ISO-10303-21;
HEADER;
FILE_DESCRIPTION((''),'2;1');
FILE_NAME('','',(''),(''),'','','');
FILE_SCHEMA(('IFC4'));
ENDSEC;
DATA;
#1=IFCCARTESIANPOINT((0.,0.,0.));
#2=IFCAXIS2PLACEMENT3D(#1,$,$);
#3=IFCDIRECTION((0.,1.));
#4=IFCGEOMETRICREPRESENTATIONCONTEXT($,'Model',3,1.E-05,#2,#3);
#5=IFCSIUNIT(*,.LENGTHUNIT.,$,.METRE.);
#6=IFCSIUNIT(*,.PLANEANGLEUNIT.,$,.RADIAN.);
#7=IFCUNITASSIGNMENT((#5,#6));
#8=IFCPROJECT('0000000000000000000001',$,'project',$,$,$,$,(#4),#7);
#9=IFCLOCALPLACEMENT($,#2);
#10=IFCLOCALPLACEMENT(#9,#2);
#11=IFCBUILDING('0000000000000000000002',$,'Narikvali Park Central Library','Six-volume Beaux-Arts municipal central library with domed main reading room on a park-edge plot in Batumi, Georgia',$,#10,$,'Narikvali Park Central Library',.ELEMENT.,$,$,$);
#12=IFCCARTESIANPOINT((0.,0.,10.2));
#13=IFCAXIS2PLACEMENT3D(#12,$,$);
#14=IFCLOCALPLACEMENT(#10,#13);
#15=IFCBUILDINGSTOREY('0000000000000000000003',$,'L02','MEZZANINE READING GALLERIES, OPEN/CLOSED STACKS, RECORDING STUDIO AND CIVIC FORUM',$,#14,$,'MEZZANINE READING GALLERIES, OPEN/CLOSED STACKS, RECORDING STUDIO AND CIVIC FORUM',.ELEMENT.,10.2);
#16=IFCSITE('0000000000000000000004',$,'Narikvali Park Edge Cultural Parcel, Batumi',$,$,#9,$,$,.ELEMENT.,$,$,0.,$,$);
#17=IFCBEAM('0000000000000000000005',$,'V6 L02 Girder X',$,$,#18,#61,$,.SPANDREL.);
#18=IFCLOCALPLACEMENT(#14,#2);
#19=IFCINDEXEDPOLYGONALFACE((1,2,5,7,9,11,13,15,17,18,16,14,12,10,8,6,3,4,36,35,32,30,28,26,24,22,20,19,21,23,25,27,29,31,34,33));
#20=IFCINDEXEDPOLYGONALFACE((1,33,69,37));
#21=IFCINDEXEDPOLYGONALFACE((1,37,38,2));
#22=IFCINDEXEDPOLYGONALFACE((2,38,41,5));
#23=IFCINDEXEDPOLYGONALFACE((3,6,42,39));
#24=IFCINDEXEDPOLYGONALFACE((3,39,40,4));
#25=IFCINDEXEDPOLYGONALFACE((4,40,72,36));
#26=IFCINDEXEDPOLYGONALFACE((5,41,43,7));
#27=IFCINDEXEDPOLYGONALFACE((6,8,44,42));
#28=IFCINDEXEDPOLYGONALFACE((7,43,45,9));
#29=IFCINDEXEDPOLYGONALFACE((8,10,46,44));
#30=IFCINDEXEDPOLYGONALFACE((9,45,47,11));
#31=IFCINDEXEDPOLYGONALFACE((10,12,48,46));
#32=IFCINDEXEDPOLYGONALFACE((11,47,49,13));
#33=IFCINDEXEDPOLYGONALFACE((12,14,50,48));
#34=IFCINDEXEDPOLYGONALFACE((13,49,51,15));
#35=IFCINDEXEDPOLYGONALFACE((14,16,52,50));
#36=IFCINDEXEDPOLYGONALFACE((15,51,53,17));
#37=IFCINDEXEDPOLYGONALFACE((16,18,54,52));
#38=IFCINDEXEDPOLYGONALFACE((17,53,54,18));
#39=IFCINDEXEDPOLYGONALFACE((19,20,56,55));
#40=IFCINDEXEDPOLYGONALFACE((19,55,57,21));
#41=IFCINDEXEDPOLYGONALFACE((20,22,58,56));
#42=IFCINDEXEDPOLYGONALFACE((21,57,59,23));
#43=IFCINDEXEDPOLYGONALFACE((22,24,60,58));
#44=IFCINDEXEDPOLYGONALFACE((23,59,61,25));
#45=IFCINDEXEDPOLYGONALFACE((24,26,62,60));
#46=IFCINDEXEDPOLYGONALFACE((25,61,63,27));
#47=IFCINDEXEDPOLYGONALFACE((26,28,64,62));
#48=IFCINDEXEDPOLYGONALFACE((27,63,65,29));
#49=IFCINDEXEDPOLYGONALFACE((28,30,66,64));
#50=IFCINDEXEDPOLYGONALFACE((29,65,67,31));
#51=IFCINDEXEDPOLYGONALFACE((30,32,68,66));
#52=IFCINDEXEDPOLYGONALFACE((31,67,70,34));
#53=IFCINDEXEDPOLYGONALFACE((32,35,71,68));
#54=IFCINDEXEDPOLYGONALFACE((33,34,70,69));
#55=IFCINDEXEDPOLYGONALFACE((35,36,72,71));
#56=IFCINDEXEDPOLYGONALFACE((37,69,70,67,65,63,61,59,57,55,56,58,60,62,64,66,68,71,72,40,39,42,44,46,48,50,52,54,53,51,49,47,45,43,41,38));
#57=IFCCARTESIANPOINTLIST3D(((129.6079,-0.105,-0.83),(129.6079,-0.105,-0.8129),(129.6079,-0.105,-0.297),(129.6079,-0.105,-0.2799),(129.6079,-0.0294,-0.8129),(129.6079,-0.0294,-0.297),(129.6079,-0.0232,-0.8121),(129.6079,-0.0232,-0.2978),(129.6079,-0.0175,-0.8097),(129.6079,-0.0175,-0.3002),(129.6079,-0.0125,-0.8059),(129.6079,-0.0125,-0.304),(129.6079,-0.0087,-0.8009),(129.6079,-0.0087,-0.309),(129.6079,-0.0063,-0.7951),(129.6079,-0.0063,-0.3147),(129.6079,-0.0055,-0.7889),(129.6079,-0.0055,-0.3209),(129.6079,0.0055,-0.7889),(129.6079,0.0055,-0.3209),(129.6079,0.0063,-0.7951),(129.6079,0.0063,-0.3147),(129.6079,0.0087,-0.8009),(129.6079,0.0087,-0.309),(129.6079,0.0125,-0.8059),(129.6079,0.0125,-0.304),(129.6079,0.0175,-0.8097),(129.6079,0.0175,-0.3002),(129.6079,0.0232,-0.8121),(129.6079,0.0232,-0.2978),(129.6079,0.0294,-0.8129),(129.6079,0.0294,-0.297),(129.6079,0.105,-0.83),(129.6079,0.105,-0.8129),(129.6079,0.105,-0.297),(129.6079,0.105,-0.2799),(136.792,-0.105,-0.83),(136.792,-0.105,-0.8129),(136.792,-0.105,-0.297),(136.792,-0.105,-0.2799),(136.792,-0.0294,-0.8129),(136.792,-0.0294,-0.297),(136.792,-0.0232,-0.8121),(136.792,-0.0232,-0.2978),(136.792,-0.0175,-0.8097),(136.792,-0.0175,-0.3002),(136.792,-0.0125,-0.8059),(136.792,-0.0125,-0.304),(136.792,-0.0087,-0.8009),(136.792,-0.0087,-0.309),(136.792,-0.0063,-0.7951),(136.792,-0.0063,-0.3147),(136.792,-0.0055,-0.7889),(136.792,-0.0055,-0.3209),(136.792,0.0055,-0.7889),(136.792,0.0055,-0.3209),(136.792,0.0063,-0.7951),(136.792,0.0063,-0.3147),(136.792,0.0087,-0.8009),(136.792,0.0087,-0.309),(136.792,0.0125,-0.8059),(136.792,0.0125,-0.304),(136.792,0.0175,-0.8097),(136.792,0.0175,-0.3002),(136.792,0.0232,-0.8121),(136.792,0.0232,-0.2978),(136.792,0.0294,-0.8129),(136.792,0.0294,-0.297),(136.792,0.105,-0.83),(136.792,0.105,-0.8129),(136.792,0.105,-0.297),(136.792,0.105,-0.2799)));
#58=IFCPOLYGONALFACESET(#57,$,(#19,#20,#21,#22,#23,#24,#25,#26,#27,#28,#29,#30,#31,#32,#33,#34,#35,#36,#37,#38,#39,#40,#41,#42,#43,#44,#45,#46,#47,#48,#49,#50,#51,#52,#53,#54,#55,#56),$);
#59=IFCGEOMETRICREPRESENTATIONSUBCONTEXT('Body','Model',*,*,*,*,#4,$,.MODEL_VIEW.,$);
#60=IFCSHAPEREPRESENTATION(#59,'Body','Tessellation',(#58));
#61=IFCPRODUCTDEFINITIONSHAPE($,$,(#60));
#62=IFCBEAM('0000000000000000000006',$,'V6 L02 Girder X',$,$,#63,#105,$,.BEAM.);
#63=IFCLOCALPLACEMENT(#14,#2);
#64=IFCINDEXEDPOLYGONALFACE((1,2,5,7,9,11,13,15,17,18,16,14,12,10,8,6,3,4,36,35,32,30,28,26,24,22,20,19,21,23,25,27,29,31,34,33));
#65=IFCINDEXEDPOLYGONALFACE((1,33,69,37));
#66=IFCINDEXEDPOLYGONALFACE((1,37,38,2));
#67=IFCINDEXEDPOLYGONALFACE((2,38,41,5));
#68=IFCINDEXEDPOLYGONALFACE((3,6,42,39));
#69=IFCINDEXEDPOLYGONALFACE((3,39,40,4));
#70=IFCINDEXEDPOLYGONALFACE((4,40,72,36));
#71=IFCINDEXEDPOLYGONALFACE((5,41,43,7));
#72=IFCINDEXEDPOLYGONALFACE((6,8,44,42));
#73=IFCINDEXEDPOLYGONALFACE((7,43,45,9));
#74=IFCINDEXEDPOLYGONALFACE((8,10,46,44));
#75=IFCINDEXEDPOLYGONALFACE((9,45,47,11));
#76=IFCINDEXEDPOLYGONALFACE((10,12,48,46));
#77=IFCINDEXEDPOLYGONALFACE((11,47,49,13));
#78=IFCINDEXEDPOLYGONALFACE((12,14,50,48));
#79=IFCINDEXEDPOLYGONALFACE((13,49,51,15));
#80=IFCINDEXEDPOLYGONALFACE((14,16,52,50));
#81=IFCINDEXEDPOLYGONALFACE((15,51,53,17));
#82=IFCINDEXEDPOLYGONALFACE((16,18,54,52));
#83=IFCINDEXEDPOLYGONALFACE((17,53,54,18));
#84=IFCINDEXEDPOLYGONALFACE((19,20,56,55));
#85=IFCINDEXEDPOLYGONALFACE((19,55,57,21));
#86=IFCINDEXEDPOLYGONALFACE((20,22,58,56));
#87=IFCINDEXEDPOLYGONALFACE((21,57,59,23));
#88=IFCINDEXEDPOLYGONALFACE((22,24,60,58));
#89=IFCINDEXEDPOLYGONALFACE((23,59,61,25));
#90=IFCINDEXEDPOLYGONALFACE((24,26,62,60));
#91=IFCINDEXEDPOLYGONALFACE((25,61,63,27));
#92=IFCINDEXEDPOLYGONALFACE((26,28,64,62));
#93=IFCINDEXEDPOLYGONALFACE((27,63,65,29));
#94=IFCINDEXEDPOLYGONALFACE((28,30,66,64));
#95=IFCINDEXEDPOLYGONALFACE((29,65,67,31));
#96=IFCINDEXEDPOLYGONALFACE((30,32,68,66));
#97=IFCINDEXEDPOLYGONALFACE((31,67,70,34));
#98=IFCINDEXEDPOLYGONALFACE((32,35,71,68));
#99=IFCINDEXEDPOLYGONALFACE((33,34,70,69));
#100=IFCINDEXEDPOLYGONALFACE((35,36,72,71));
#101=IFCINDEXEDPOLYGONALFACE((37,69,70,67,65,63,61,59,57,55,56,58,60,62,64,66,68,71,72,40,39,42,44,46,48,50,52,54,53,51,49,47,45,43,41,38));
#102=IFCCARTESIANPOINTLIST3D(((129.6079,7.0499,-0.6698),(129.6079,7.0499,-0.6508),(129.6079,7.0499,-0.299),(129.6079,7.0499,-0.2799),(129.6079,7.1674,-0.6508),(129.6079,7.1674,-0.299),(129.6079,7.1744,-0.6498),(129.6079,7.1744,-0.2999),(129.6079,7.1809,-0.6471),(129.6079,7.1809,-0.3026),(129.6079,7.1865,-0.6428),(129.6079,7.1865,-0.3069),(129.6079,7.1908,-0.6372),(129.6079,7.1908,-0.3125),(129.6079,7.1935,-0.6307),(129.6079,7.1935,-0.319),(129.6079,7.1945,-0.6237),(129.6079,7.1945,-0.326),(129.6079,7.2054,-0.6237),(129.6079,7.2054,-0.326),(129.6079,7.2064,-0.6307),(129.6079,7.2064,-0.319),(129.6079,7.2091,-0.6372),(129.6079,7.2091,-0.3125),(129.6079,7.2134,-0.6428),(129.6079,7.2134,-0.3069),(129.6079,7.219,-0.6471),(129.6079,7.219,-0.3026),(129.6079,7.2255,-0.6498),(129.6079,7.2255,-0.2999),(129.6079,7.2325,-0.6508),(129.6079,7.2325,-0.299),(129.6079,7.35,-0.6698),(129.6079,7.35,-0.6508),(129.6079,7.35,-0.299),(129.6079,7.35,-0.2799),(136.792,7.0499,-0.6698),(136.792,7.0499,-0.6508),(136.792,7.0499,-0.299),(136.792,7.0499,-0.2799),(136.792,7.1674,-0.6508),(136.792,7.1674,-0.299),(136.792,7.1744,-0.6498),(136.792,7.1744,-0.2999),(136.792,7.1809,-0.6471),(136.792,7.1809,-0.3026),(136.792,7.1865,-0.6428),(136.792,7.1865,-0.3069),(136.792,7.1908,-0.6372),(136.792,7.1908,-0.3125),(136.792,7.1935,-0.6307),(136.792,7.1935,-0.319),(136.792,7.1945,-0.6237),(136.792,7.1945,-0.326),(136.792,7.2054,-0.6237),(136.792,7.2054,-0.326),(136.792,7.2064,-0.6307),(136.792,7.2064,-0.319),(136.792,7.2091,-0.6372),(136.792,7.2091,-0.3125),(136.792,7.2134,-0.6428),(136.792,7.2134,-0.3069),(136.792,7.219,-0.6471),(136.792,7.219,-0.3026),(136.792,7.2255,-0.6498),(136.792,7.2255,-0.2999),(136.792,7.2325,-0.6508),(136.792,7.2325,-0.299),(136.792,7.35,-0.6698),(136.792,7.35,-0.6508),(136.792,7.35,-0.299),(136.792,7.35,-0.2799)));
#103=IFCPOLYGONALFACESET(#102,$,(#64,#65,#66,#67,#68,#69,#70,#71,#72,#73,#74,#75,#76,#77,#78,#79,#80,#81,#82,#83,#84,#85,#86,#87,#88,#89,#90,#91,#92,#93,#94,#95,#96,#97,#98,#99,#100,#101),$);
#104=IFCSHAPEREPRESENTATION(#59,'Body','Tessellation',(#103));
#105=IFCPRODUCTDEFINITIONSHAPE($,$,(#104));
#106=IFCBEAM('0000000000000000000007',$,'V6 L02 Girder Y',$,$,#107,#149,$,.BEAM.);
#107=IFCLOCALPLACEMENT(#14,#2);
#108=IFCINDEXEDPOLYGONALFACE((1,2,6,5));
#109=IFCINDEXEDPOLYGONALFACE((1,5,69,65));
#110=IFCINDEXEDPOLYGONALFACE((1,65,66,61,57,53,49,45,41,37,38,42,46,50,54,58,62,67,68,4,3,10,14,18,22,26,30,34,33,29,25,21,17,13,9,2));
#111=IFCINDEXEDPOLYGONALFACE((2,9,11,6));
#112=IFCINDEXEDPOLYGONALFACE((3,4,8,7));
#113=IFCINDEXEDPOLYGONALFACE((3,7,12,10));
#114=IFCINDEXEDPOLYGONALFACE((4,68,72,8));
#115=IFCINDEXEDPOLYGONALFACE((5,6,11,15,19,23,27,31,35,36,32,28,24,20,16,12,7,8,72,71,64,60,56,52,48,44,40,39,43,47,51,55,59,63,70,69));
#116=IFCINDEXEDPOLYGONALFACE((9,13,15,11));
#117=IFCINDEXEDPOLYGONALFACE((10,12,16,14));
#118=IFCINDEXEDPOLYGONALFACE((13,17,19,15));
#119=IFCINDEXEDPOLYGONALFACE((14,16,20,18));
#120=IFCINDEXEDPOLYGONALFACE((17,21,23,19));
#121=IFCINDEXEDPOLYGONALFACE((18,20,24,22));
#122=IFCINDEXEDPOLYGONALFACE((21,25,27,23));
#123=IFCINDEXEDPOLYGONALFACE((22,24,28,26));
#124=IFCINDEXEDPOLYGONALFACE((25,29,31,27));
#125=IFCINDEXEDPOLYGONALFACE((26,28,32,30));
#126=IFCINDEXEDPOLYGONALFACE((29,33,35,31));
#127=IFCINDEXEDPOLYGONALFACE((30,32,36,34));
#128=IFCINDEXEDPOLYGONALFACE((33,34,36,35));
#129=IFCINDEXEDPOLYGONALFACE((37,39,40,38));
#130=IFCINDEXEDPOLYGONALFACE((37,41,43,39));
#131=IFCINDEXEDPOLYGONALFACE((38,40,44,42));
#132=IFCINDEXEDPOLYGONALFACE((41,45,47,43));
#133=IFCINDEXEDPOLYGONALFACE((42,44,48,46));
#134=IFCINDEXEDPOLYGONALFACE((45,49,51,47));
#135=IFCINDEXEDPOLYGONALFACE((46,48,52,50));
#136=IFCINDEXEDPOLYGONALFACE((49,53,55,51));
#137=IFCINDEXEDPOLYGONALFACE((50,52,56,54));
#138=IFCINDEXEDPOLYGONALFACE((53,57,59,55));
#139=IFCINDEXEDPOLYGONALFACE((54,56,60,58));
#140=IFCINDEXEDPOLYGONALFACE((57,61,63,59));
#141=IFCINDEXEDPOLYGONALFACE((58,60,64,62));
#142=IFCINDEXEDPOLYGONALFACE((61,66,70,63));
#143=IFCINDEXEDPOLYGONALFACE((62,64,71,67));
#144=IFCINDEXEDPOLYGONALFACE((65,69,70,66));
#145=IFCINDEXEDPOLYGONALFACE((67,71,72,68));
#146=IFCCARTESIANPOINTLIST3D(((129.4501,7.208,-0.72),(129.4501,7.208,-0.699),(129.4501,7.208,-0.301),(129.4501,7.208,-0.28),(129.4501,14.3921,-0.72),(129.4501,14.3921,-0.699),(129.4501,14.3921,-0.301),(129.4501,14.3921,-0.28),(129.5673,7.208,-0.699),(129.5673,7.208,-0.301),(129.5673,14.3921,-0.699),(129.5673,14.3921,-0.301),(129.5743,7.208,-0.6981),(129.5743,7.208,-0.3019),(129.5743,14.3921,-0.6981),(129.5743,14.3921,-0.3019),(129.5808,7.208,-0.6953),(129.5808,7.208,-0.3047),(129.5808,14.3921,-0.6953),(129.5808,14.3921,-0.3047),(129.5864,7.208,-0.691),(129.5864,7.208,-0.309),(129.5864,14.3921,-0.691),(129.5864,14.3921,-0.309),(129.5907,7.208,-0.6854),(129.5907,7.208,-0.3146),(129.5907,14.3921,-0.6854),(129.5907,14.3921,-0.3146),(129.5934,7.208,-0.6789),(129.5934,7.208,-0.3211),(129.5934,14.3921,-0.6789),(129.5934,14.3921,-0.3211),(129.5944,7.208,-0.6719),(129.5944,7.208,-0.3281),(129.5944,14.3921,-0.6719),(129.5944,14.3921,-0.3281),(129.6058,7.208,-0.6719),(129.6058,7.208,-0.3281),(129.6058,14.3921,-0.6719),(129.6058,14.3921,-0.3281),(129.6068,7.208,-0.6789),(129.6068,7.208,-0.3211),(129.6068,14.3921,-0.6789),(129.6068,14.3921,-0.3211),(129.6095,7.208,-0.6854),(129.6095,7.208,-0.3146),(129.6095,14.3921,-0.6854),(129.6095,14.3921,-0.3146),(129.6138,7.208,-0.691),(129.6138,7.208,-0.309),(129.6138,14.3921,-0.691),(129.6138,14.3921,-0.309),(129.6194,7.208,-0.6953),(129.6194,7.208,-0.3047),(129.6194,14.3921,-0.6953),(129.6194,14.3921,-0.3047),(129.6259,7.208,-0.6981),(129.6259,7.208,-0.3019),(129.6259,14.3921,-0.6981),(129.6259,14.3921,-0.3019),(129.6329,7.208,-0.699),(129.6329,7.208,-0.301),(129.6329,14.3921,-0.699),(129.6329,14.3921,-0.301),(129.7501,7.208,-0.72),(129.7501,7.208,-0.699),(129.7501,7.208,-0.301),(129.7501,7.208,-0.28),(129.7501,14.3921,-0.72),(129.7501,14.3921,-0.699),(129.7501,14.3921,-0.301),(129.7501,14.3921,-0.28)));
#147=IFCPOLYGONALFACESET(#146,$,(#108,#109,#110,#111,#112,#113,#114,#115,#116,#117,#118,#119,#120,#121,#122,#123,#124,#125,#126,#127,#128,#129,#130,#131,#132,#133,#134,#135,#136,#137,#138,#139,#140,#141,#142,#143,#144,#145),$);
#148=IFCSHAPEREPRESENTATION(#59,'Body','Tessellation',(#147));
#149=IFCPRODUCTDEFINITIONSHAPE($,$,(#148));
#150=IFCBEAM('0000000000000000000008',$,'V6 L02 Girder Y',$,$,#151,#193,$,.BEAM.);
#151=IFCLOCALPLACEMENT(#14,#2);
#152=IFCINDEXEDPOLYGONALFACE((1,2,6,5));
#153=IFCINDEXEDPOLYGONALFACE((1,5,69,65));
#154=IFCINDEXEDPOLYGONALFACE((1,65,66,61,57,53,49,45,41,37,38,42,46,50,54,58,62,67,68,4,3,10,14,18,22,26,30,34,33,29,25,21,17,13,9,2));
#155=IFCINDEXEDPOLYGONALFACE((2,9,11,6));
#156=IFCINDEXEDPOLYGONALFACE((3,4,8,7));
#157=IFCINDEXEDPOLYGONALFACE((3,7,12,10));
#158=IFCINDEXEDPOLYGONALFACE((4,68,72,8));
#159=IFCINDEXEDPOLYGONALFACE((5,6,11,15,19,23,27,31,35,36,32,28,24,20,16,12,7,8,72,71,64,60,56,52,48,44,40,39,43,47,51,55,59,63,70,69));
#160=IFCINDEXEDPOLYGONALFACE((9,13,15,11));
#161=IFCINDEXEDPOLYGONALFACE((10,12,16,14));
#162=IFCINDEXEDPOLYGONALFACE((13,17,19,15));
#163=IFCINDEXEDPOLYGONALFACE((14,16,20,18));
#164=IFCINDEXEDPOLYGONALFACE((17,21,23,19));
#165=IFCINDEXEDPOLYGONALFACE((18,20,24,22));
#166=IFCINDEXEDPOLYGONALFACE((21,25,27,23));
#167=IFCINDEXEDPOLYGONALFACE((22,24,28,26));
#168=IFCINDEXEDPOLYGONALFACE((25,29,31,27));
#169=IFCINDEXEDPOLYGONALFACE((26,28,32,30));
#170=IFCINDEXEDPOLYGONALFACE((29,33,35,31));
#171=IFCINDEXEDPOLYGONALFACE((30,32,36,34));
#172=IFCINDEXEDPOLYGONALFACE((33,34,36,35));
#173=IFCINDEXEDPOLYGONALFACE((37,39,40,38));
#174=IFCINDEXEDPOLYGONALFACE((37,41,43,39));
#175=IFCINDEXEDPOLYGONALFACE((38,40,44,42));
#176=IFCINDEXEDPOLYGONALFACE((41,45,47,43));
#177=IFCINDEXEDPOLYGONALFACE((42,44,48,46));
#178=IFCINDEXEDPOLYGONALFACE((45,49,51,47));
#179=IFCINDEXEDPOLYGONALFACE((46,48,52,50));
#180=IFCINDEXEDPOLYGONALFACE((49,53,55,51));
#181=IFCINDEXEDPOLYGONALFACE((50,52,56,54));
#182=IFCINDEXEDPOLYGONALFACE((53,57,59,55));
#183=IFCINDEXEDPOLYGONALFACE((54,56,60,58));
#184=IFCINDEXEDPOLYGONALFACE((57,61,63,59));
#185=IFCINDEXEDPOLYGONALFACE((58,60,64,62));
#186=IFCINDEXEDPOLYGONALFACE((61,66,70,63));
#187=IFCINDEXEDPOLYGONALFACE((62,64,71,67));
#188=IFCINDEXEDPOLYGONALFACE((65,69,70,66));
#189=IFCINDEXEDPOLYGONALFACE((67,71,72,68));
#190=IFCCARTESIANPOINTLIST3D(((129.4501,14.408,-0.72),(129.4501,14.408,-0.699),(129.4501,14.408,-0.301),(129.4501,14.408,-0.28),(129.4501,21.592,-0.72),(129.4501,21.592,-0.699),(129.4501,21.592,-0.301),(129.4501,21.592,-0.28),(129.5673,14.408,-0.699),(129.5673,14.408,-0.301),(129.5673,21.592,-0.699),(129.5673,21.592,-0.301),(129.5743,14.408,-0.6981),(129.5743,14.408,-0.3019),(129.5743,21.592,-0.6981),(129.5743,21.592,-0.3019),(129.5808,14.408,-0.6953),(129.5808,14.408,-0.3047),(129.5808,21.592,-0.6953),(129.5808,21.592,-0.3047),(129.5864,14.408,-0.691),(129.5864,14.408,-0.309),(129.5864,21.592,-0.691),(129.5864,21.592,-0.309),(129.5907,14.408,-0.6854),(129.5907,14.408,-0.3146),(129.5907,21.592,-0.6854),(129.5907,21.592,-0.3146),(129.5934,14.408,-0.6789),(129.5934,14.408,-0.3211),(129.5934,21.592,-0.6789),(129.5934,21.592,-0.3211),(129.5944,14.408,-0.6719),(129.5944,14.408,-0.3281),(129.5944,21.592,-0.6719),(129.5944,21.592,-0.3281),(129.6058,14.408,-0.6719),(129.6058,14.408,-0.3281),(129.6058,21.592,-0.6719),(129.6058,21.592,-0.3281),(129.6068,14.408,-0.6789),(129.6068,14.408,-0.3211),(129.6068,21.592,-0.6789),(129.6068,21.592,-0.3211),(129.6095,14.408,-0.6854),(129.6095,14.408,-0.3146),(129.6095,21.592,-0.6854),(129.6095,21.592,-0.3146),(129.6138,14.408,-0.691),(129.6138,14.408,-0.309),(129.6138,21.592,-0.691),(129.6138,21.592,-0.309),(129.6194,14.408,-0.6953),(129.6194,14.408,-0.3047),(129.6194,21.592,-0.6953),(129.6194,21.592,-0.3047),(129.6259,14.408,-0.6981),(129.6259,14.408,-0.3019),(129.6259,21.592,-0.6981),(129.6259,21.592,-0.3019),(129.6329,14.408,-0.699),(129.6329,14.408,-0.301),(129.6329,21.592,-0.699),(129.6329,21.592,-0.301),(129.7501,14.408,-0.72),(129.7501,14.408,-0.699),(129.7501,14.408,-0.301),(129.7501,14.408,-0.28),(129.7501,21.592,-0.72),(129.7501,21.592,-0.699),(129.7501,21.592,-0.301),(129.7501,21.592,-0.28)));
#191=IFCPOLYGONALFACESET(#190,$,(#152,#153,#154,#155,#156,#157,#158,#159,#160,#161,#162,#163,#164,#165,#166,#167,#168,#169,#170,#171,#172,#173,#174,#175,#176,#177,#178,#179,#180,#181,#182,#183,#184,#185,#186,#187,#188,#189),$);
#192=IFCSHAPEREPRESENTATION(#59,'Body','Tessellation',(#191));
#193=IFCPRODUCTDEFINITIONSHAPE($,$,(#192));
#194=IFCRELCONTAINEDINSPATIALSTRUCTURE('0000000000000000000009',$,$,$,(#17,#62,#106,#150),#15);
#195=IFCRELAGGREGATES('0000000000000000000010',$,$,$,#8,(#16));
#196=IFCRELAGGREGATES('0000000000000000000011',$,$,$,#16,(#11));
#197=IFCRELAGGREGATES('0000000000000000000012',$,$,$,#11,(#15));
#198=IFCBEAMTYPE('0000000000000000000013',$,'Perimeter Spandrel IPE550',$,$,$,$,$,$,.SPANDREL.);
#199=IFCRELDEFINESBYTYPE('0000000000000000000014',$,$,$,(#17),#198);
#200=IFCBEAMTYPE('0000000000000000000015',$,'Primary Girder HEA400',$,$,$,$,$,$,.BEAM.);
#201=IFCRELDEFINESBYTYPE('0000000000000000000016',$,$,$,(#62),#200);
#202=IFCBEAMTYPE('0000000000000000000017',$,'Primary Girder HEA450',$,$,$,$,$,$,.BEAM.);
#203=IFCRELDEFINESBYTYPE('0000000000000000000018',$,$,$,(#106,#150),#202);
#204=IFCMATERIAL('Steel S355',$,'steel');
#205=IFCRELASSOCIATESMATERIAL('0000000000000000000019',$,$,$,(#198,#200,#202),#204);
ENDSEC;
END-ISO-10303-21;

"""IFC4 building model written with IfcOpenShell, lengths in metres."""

from ifc_helpers import new_model, si_unit, direction, frame, origin, origin_2d, place, context, subcontext, project, spatial, i_section, extrude, material, material_profile, profile_set, type_object, element, save


model = new_model("IFC4")

# Units and contexts
model_context = context("Model", 3, precision=1e-05, world=origin(), true_north=direction((0.0, 1.0)))
body_context = subcontext(model_context, "Body", "Model", "MODEL_VIEW")
ifc_project = project(units=[si_unit("LENGTHUNIT", "METRE"), si_unit("PLANEANGLEUNIT", "RADIAN")], contexts=[model_context])

# Site, building, storey
site_placement = place(None, origin())
site = spatial("IfcSite", under=ifc_project, at=site_placement, Name="Narikvali Park Edge Cultural Parcel, Batumi", CompositionType="ELEMENT", RefElevation=0.0)
building_placement = place(site_placement, origin())
building = spatial("IfcBuilding", under=site, at=building_placement, Name="Narikvali Park Central Library", Description="Six-volume Beaux-Arts municipal central library with domed main reading room on a park-edge plot in Batumi, Georgia", LongName="Narikvali Park Central Library", CompositionType="ELEMENT")
storey_placement = place(building_placement, frame((0.0, 0.0, 10.2)))
storey = spatial("IfcBuildingStorey", under=building, at=storey_placement, Name="L02", Description="MEZZANINE READING GALLERIES, OPEN/CLOSED STACKS, RECORDING STUDIO AND CIVIC FORUM", LongName="MEZZANINE READING GALLERIES, OPEN/CLOSED STACKS, RECORDING STUDIO AND CIVIC FORUM", CompositionType="ELEMENT", Elevation=10.2)

# Shared definitions
ifc_material_1 = material(Name="Steel S355", Category="steel")

# Beams
ifc_material_profile_1 = material_profile(ifc_material_1, i_section(OverallWidth=0.21, OverallDepth=0.55, WebThickness=0.011, FlangeThickness=0.0171, FilletRadius=0.0239, at=origin_2d()), Name="IPE 550")
ifc_profile_set_1 = profile_set([ifc_material_profile_1], Name="Steel S355")
beam_type_1 = type_object("IfcBeamType", Name="Perimeter Spandrel IPE550", PredefinedType="SPANDREL", material=ifc_profile_set_1)
beam_1_placement = place(storey_placement, frame((129.6079, 0.0, -0.5549), z_axis=(1.0, 0.0, 0.0), x_axis=(0.0, 1.0, 0.0)))
element("IfcBeam", 1, at=beam_1_placement, inside=storey, type_object=beam_type_1, Name="V6 L02 Girder X", PredefinedType="SPANDREL", context=body_context, shape_type="SweptSolid", body=[
    extrude(i_section(OverallWidth=0.21, OverallDepth=0.55, WebThickness=0.011, FlangeThickness=0.0171, FilletRadius=0.0239, at=origin_2d()), origin(), (0.0, 0.0, 1.0), 7.1841),
])
ifc_material_profile_2 = material_profile(ifc_material_1, i_section(OverallWidth=0.3, OverallDepth=0.3899, WebThickness=0.011, FlangeThickness=0.019, FilletRadius=0.0271, at=origin_2d()), Name="HEA 400")
ifc_profile_set_2 = profile_set([ifc_material_profile_2], Name="Steel S355")
beam_type_2 = type_object("IfcBeamType", Name="Primary Girder HEA400", PredefinedType="BEAM", material=ifc_profile_set_2)
beam_2_placement = place(storey_placement, frame((129.6079, 7.2, -0.4749), z_axis=(1.0, 0.0, 0.0), x_axis=(0.0, 1.0, 0.0)))
element("IfcBeam", 2, at=beam_2_placement, inside=storey, type_object=beam_type_2, Name="V6 L02 Girder X", PredefinedType="BEAM", context=body_context, shape_type="SweptSolid", body=[
    extrude(i_section(OverallWidth=0.3, OverallDepth=0.3899, WebThickness=0.011, FlangeThickness=0.019, FilletRadius=0.0271, at=origin_2d()), origin(), (0.0, 0.0, 1.0), 7.1841),
])
ifc_material_profile_3 = material_profile(ifc_material_1, i_section(OverallWidth=0.3, OverallDepth=0.4399, WebThickness=0.0115, FlangeThickness=0.021, FilletRadius=0.0271, at=origin_2d()), Name="HEA 450")
ifc_profile_set_3 = profile_set([ifc_material_profile_3], Name="Steel S355")
beam_type_3 = type_object("IfcBeamType", Name="Primary Girder HEA450", PredefinedType="BEAM", material=ifc_profile_set_3)
for number, where, z_axis, x_axis, name in (
    (3, (129.6001, 7.208, -0.5), (0.0, 1.0, 0.0), (-1.0, 0.0, 0.0), "V6 L02 Girder Y"),
    (4, (129.6001, 14.408, -0.5), (0.0, 1.0, 0.0), (-1.0, 0.0, 0.0), "V6 L02 Girder Y"),
):
    element("IfcBeam", number, at=place(storey_placement, frame(where, z_axis=z_axis, x_axis=x_axis)), inside=storey, type_object=beam_type_3, Name=name, PredefinedType="BEAM", context=body_context, shape_type="SweptSolid", body=[
        extrude(i_section(OverallWidth=0.3, OverallDepth=0.4399, WebThickness=0.0115, FlangeThickness=0.021, FilletRadius=0.0271, at=origin_2d()), origin(), (0.0, 0.0, 1.0), 7.1841),
    ])

save(model, "model.ifc")
